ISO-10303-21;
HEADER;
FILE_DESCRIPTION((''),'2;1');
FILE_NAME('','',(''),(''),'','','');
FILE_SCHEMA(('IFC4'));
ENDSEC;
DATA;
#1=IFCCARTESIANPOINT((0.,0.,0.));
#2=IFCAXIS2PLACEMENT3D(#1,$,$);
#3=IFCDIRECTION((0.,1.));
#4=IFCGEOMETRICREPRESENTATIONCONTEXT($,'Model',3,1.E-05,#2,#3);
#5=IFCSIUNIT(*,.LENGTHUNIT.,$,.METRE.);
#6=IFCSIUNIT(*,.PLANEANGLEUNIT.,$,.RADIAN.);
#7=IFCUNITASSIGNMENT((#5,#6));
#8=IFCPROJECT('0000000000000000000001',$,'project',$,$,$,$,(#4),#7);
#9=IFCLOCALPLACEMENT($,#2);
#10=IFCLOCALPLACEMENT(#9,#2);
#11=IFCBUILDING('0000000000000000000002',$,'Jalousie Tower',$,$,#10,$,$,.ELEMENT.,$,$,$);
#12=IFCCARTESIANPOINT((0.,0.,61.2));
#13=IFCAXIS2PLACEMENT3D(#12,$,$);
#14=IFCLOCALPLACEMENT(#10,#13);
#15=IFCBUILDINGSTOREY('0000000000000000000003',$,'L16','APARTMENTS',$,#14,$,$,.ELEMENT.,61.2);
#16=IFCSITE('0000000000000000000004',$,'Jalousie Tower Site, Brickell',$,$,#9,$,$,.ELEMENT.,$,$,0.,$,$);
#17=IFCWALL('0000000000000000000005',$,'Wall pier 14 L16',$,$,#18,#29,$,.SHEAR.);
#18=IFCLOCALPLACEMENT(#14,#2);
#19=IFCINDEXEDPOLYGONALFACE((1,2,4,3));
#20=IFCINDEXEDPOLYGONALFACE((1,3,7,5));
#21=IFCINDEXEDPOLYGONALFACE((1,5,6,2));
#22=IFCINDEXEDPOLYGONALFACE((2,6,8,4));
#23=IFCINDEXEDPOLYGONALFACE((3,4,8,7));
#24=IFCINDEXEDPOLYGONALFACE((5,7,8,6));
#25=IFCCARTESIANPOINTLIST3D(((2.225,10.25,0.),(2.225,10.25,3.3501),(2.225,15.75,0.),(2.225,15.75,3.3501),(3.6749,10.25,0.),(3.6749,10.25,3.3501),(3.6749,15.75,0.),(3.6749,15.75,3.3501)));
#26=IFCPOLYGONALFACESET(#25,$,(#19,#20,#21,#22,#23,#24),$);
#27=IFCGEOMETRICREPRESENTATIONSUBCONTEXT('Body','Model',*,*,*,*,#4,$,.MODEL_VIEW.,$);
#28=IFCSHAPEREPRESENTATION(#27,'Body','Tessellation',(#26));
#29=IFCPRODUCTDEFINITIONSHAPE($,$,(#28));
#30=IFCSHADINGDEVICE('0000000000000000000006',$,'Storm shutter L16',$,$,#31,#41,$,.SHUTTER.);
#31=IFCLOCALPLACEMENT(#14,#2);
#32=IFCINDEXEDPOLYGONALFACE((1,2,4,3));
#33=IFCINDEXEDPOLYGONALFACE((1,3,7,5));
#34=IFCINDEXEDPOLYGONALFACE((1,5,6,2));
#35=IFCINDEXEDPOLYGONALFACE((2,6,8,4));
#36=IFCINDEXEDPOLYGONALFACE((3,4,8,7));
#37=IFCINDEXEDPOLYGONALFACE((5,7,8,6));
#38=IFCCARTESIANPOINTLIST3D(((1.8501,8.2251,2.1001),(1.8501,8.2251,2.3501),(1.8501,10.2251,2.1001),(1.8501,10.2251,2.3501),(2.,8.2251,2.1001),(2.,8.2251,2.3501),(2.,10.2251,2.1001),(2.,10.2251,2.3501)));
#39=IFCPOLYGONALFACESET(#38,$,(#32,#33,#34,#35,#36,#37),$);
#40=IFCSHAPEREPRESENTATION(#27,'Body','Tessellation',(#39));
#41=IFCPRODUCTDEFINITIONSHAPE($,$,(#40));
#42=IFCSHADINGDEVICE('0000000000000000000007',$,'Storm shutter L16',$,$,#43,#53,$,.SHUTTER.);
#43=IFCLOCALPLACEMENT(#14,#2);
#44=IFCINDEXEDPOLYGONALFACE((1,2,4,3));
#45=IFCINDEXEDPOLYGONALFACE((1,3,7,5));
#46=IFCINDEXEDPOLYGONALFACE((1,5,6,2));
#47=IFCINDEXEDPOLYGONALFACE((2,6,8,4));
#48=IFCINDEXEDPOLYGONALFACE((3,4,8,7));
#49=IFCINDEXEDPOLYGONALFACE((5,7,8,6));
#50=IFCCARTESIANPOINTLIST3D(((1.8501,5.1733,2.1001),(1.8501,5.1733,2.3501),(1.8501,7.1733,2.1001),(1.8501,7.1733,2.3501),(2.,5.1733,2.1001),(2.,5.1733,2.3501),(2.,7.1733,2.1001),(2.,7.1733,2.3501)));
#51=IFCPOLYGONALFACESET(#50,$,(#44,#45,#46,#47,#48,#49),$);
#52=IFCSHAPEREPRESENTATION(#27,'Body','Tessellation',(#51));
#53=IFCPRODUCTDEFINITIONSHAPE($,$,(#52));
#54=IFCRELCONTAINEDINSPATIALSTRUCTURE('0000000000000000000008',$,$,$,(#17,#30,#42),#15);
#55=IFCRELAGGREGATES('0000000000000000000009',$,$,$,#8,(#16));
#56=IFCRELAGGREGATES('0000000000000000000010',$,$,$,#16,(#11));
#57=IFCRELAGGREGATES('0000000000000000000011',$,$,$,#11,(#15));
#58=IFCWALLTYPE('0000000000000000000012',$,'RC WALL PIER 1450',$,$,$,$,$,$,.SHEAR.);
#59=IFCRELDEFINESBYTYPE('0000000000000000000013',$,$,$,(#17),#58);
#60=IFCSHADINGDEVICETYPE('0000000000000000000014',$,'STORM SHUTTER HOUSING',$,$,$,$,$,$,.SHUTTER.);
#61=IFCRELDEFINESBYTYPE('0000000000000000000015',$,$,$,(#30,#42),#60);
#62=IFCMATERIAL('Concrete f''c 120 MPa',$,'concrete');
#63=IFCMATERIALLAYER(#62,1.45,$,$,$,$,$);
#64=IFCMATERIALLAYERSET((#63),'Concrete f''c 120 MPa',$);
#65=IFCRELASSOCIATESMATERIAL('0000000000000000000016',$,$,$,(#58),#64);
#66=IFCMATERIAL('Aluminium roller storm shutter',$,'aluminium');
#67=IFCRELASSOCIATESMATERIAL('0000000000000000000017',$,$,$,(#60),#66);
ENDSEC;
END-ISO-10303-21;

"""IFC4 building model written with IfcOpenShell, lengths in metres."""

from ifc_helpers import new_model, si_unit, direction, frame, frame_2d, origin, origin_2d, place, context, subcontext, project, spatial, rectangle, extrude, material, layer, layer_set, type_object, element, save


model = new_model("IFC4")

# Units and contexts
model_context = context("Model", 3, precision=1e-05, world=origin(), true_north=direction((0.0, 1.0)))
body_context = subcontext(model_context, "Body", "Model", "MODEL_VIEW")
ifc_project = project(units=[si_unit("LENGTHUNIT", "METRE"), si_unit("PLANEANGLEUNIT", "RADIAN")], contexts=[model_context])

# Site, building, storey
site_placement = place(None, origin())
site = spatial("IfcSite", under=ifc_project, at=site_placement, Name="Jalousie Tower Site, Brickell", CompositionType="ELEMENT", RefElevation=0.0)
building_placement = place(site_placement, origin())
building = spatial("IfcBuilding", under=site, at=building_placement, Name="Jalousie Tower", CompositionType="ELEMENT")
storey_placement = place(building_placement, frame((0.0, 0.0, 61.2)))
storey = spatial("IfcBuildingStorey", under=building, at=storey_placement, Name="L16", Description="APARTMENTS", CompositionType="ELEMENT", Elevation=61.2)

# Wall
ifc_material_1 = material(Name="Concrete f'c 120 MPa", Category="concrete")
ifc_layer_1 = layer(ifc_material_1, 1.45)
ifc_layer_set_1 = layer_set([ifc_layer_1], Name="Concrete f'c 120 MPa")
wall_type_1 = type_object("IfcWallType", Name="RC WALL PIER 1450", PredefinedType="SHEAR", material=ifc_layer_set_1)
wall_1_placement = place(storey_placement, frame((2.95, 10.25, 0.0), z_axis=(0.0, 0.0, 1.0), x_axis=(0.0, 1.0, 0.0)))
element("IfcWall", 1, at=wall_1_placement, inside=storey, type_object=wall_type_1, Name="Wall pier 14 L16", PredefinedType="SHEAR", context=body_context, shape_type="SweptSolid", body=[
    extrude(rectangle(XDim=5.5, YDim=1.45, at=frame_2d((2.75, 0.0))), origin(), (0.0, 0.0, 1.0), 3.3501),
])

# Shading devices
ifc_material_2 = material(Name="Aluminium roller storm shutter", Category="aluminium")
shading_device_type = type_object("IfcShadingDeviceType", Name="STORM SHUTTER HOUSING", PredefinedType="SHUTTER", material=ifc_material_2)
for number, where, z_axis, x_axis, name in (
    (2, (1.925, 9.2251, 2.1001), (0.0, 0.0, 1.0), (0.0, -1.0, 0.0), "Storm shutter L16"),
    (3, (1.925, 6.1733, 2.1001), (0.0, 0.0, 1.0), (0.0, -1.0, 0.0), "Storm shutter L16"),
):
    element("IfcShadingDevice", number, at=place(storey_placement, frame(where, z_axis=z_axis, x_axis=x_axis)), inside=storey, type_object=shading_device_type, Name=name, PredefinedType="SHUTTER", context=body_context, shape_type="SweptSolid", body=[
        extrude(rectangle(XDim=2.0, YDim=0.1499, at=origin_2d()), origin(), (0.0, 0.0, 1.0), 0.25),
    ])

save(model, "model.ifc")
